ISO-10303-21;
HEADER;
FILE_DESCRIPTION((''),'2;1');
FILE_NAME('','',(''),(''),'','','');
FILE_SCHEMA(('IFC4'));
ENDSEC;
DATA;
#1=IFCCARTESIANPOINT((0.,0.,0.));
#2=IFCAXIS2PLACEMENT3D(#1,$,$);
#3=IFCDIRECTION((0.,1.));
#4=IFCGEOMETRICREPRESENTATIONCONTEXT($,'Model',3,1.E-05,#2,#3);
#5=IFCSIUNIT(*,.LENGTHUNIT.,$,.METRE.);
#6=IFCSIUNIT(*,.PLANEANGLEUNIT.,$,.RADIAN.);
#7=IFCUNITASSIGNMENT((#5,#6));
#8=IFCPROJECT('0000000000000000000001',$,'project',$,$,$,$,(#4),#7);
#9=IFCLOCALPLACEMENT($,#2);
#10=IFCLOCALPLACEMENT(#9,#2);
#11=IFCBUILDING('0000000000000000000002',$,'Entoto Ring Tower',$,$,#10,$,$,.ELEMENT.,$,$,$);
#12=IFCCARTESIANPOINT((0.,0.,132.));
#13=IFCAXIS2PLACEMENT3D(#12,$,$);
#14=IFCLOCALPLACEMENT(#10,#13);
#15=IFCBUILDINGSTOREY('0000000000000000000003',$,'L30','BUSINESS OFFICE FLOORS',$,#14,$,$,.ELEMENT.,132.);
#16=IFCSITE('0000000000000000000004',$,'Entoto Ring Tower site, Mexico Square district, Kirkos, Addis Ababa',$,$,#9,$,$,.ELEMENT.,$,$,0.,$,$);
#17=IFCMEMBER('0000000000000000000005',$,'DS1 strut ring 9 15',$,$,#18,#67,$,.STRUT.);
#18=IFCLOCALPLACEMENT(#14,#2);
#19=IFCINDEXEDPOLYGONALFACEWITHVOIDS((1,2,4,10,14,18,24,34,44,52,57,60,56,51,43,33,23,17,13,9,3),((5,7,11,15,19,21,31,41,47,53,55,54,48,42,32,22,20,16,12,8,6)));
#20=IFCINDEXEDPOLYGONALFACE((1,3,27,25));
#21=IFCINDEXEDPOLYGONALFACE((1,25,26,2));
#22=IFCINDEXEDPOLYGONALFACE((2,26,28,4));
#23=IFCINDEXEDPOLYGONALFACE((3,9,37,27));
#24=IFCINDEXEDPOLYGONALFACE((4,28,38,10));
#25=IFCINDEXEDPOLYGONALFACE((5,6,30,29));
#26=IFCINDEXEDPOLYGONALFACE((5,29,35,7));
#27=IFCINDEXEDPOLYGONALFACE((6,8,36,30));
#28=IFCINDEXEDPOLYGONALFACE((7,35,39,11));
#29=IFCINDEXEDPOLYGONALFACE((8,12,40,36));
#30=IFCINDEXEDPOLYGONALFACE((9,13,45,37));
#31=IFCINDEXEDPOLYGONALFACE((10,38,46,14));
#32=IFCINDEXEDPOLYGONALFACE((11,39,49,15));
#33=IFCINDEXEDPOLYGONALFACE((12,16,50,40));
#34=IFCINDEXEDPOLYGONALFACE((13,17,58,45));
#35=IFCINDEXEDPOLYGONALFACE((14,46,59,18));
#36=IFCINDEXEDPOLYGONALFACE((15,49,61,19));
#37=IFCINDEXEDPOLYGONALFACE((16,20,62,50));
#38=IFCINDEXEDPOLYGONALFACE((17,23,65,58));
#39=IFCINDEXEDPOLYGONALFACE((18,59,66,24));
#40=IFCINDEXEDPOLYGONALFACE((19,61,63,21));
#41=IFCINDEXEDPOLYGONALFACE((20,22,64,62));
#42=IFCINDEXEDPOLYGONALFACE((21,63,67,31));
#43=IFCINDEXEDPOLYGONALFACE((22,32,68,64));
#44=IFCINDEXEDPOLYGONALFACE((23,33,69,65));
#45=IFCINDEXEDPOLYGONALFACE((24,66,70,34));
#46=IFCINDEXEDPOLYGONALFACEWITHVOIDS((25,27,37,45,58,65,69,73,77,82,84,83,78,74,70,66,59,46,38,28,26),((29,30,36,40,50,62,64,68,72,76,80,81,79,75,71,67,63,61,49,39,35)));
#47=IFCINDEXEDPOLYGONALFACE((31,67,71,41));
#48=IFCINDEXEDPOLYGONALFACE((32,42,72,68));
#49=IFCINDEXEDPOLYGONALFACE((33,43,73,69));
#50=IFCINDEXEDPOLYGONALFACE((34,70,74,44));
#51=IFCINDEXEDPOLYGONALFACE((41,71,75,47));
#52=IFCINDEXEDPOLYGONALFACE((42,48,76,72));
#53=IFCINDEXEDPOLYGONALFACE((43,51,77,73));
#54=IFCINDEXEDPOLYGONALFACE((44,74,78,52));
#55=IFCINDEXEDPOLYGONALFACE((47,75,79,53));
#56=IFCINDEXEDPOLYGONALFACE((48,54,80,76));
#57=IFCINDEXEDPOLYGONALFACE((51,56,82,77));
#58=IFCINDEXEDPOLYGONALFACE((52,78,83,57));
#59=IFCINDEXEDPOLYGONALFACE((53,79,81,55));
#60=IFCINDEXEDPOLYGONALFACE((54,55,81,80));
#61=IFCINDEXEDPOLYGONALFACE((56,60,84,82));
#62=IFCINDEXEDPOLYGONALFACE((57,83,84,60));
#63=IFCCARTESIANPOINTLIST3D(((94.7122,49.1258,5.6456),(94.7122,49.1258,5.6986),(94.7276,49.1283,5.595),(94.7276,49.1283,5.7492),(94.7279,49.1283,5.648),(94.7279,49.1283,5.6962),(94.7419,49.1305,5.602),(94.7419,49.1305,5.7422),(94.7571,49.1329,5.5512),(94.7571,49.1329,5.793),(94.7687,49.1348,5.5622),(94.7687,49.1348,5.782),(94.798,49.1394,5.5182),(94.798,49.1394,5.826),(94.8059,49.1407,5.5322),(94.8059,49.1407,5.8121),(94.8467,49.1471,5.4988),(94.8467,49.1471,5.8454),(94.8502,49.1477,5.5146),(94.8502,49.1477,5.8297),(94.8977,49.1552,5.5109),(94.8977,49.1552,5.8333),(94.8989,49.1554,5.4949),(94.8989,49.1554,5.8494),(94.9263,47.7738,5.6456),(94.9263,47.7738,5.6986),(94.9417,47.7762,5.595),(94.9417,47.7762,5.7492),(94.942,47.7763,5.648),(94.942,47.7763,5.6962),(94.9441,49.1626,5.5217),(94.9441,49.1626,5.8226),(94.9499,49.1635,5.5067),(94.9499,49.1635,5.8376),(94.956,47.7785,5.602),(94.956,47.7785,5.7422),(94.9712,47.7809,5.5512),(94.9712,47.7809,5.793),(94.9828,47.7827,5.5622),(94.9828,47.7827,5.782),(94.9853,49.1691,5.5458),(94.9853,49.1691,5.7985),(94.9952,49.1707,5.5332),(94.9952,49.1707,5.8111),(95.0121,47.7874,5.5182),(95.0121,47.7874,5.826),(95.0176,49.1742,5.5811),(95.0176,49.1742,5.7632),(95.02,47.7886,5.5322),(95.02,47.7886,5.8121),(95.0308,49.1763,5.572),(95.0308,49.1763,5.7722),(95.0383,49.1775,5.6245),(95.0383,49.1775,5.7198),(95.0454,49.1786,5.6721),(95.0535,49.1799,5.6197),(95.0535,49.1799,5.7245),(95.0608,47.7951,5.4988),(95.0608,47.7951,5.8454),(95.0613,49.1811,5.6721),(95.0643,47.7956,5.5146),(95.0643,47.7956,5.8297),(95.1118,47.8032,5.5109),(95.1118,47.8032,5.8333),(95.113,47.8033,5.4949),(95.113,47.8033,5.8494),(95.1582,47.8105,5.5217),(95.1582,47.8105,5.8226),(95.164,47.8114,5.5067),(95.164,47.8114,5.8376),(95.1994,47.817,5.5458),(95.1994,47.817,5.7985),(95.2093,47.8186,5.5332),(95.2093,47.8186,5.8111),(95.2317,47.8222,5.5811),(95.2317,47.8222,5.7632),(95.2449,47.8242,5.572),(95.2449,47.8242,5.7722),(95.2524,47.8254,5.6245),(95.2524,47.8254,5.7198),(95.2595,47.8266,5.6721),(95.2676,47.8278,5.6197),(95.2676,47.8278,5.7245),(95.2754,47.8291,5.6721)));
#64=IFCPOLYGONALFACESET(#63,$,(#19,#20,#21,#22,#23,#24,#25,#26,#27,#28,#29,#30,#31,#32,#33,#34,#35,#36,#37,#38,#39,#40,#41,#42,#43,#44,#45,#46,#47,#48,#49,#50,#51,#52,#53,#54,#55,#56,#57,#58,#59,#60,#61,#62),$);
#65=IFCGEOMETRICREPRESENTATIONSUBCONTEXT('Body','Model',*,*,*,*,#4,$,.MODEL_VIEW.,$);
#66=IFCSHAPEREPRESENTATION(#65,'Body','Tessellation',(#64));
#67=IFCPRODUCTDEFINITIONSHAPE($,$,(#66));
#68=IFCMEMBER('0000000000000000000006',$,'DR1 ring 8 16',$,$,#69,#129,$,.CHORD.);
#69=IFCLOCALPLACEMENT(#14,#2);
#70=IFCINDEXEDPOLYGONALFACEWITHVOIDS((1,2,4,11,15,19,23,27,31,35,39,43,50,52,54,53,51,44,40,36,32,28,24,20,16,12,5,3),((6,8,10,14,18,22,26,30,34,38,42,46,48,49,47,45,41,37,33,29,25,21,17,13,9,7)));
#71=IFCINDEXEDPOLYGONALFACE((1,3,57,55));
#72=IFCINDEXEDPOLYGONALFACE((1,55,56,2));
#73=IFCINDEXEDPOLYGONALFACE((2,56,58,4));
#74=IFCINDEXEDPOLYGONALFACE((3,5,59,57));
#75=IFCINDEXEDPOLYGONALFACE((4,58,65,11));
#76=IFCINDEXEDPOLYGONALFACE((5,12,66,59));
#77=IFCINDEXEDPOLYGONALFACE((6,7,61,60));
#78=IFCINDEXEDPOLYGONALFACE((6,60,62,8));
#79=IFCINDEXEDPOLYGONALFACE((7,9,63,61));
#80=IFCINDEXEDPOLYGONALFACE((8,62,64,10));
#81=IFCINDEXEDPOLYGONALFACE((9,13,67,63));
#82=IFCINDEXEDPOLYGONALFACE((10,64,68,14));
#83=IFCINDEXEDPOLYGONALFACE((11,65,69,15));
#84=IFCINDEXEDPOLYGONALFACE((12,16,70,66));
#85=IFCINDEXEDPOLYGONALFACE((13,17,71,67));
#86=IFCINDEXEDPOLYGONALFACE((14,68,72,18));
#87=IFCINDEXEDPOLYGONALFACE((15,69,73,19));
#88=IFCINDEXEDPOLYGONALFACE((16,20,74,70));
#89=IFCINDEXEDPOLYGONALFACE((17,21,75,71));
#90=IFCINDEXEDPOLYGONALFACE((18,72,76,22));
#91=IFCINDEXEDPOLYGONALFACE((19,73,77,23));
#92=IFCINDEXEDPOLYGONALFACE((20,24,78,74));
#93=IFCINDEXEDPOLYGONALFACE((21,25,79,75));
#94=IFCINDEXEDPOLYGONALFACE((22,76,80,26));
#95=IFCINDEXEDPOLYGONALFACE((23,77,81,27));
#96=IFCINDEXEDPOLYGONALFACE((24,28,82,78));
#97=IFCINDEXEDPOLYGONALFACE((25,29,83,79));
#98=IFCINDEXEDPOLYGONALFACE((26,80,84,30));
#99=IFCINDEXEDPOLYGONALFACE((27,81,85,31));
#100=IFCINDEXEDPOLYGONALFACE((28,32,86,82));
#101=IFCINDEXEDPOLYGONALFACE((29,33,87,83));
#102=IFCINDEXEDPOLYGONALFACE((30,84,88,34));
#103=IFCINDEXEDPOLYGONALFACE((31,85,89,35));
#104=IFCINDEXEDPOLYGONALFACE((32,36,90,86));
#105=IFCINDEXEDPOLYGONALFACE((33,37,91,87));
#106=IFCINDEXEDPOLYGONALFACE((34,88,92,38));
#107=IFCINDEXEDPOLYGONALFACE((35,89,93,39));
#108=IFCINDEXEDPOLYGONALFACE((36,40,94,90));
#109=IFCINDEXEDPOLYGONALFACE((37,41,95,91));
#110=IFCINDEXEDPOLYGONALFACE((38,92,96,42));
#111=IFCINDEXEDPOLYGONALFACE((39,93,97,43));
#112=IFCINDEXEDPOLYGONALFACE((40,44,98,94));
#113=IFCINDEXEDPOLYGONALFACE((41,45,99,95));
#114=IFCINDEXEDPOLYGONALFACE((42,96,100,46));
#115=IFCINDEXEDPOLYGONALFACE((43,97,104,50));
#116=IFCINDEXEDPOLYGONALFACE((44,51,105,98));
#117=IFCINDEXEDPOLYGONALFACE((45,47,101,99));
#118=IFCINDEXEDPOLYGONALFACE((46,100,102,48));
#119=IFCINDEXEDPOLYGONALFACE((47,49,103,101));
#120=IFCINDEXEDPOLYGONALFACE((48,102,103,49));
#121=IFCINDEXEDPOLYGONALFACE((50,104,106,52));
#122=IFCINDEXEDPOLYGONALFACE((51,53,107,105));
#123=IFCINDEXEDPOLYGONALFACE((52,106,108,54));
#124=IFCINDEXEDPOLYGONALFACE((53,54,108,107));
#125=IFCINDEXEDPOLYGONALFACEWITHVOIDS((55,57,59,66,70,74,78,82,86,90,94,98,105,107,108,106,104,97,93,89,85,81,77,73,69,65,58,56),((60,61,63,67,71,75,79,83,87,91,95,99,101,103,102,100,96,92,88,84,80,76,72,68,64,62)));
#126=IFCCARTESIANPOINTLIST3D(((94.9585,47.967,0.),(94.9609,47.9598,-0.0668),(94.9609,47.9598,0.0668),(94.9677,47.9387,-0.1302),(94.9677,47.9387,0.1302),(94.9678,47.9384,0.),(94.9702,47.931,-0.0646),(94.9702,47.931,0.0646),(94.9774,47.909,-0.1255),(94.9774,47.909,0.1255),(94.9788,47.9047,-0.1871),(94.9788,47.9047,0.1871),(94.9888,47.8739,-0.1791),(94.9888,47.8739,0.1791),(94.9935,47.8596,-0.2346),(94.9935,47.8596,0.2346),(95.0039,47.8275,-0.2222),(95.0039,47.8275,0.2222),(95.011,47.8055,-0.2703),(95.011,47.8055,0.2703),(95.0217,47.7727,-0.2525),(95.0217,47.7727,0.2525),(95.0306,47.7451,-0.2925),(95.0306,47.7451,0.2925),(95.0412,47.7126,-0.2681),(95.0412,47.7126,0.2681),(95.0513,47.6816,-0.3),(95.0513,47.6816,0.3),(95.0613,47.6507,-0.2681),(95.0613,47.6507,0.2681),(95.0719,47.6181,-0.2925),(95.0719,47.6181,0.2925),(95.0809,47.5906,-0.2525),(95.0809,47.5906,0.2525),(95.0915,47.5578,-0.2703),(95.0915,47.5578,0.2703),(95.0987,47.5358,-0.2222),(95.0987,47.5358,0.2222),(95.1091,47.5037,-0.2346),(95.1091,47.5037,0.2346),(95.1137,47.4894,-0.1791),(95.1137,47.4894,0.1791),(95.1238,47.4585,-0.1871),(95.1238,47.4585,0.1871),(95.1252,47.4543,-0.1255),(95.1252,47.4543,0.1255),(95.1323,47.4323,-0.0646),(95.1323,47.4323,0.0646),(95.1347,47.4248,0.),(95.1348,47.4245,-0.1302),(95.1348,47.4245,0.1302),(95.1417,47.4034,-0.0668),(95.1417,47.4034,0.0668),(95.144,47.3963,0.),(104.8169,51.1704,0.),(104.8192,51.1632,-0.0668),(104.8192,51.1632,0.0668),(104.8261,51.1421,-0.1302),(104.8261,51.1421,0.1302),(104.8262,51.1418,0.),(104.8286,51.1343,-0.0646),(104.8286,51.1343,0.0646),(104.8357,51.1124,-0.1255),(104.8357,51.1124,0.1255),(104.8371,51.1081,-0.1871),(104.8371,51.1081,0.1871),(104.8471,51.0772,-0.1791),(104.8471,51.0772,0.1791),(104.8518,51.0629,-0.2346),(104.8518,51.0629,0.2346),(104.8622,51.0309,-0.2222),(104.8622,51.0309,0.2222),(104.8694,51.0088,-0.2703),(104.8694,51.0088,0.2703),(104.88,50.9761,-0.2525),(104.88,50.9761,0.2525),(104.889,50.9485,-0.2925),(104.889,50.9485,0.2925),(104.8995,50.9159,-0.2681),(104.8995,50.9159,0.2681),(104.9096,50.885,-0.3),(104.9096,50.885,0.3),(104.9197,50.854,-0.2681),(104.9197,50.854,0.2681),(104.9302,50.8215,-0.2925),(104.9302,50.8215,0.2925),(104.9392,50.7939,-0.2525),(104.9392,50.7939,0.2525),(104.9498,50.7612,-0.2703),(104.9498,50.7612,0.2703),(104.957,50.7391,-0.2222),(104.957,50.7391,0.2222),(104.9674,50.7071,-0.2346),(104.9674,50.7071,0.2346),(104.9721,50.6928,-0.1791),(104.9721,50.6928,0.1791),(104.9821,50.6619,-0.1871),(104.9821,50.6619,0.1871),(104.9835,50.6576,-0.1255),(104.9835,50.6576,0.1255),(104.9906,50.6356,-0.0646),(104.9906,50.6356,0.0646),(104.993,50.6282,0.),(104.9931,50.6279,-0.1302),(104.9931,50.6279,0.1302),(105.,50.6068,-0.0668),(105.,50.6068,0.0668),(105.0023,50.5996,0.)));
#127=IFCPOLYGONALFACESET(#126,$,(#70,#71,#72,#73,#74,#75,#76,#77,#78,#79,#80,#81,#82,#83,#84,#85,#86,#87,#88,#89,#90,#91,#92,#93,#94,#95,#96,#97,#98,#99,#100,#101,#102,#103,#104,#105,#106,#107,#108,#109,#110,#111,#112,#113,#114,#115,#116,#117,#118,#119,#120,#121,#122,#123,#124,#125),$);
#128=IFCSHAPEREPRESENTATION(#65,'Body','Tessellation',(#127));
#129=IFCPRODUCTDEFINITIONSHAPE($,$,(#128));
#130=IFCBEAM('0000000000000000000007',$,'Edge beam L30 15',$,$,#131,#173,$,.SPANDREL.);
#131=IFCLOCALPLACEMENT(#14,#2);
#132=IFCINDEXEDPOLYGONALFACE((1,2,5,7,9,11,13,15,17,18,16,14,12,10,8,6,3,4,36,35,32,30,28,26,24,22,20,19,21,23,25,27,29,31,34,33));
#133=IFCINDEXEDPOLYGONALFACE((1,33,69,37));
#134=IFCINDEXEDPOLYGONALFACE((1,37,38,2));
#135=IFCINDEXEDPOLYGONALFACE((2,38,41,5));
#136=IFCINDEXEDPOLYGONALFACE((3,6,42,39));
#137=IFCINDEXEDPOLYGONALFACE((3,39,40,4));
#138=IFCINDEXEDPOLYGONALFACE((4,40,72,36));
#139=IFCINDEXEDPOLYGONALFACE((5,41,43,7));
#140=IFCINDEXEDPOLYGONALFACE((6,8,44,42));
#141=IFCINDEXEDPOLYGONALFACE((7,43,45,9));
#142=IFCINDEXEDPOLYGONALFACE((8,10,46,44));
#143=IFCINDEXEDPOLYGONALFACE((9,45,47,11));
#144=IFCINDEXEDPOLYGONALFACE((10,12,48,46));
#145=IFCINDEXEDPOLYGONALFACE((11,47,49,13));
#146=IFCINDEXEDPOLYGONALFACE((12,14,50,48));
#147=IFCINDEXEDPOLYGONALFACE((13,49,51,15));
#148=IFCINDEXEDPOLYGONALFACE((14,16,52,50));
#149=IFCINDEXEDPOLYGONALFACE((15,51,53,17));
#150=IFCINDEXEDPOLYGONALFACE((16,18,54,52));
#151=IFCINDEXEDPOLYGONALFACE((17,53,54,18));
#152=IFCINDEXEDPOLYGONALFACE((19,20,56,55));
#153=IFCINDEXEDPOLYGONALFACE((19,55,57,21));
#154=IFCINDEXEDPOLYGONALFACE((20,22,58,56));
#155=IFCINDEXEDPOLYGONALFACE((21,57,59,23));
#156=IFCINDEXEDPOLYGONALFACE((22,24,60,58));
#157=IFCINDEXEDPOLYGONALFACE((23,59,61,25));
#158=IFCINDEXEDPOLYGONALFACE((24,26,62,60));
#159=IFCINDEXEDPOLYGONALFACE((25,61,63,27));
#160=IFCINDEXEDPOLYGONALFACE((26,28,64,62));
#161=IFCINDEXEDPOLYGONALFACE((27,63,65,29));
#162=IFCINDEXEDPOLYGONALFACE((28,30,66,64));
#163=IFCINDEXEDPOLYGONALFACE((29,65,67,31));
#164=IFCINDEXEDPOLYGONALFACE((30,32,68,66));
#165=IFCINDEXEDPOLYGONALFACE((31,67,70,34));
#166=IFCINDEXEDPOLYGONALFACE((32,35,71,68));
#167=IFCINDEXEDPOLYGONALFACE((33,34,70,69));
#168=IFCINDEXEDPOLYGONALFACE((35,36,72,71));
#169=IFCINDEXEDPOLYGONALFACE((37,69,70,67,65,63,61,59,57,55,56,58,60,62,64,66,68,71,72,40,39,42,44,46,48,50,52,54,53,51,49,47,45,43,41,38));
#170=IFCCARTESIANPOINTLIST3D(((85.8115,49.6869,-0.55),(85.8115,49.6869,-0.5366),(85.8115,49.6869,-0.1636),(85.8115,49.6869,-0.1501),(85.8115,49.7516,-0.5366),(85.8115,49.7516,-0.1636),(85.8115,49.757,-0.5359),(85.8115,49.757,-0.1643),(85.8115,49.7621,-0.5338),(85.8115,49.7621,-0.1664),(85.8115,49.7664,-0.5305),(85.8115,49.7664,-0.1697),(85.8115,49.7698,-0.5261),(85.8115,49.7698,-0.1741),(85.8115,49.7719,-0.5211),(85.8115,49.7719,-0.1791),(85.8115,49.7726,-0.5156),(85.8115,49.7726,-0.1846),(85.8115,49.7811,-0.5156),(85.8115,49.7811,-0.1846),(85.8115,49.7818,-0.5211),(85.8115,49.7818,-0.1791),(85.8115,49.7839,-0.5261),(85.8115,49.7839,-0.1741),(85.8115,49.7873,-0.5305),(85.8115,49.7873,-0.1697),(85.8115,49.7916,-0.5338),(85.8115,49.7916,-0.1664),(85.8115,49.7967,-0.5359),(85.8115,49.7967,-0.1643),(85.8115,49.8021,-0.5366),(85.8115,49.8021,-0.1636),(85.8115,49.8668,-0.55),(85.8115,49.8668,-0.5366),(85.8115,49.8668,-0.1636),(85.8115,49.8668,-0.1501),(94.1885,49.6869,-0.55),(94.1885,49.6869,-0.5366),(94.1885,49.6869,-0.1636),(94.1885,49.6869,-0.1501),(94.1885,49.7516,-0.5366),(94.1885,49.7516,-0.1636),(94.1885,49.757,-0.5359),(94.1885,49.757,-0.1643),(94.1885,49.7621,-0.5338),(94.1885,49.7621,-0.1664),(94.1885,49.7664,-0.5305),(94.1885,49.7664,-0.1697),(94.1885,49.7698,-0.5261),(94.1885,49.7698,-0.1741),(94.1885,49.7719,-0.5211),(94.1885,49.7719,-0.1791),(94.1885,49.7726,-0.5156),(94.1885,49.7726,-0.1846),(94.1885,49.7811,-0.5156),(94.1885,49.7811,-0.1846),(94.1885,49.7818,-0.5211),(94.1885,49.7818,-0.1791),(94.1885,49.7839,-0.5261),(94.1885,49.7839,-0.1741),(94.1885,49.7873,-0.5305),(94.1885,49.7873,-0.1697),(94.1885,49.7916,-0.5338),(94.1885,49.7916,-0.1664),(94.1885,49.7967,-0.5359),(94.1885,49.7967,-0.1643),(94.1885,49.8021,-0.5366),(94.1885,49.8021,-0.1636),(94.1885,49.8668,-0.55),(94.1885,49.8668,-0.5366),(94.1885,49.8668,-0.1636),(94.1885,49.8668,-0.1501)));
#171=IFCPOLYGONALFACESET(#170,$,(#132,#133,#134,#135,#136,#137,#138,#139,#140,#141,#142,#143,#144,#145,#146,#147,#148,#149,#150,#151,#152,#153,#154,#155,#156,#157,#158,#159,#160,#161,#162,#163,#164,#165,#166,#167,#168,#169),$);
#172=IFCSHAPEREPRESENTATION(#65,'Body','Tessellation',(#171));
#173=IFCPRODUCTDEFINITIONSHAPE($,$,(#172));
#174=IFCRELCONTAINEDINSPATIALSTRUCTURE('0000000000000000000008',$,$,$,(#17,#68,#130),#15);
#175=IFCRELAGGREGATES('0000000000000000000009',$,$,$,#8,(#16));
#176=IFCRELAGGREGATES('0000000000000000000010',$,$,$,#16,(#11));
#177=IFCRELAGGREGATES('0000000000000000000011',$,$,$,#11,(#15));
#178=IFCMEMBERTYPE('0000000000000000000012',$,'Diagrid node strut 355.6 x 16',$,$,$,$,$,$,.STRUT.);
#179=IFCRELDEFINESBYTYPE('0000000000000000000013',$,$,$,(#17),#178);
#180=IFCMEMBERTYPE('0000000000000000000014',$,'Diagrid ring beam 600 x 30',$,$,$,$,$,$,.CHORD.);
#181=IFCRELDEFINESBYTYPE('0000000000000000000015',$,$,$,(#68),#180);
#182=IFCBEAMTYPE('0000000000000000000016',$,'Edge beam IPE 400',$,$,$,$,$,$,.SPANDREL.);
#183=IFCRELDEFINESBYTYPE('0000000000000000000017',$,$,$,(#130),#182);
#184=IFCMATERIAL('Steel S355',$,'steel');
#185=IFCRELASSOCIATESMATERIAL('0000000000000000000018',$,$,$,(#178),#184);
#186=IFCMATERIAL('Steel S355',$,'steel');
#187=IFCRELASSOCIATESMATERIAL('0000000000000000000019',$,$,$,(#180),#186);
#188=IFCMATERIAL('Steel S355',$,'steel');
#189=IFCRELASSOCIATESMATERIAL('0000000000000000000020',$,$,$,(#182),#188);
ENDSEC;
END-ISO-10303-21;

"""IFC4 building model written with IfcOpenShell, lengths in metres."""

from ifc_helpers import new_model, si_unit, direction, frame, origin, origin_2d, place, context, subcontext, project, spatial, circle, hollow_circle, i_section, extrude, material, material_profile, profile_set, type_object, element, save


model = new_model("IFC4")

# Units and contexts
model_context = context("Model", 3, precision=1e-05, world=origin(), true_north=direction((0.0, 1.0)))
body_context = subcontext(model_context, "Body", "Model", "MODEL_VIEW")
ifc_project = project(units=[si_unit("LENGTHUNIT", "METRE"), si_unit("PLANEANGLEUNIT", "RADIAN")], contexts=[model_context])

# Site, building, storey
site_placement = place(None, origin())
site = spatial("IfcSite", under=ifc_project, at=site_placement, Name="Entoto Ring Tower site, Mexico Square district, Kirkos, Addis Ababa", CompositionType="ELEMENT", RefElevation=0.0)
building_placement = place(site_placement, origin())
building = spatial("IfcBuilding", under=site, at=building_placement, Name="Entoto Ring Tower", CompositionType="ELEMENT")
storey_placement = place(building_placement, frame((0.0, 0.0, 132.0)))
storey = spatial("IfcBuildingStorey", under=building, at=storey_placement, Name="L30", Description="BUSINESS OFFICE FLOORS", CompositionType="ELEMENT", Elevation=132.0)

# Members
ifc_material_1 = material(Name="Steel S355", Category="steel")
ifc_material_profile_1 = material_profile(ifc_material_1, hollow_circle(Radius=0.1777, WallThickness=0.0161, at=origin_2d()), Name="CHS 355.6 x 16")
ifc_material_2 = material(Name="Concrete C60/75", Category="concrete")
ifc_material_profile_2 = material_profile(ifc_material_2, circle(Radius=0.1619, at=origin_2d()), Name="Concrete C60/75 infill")
ifc_profile_set_1 = profile_set([ifc_material_profile_1, ifc_material_profile_2], Name="Steel S355")
member_type_1 = type_object("IfcMemberType", Name="Diagrid node strut 355.6 x 16", PredefinedType="STRUT", material=ifc_profile_set_1)
member_1_placement = place(storey_placement, frame((94.8857, 49.1533, 5.6721), z_axis=(0.156411, -0.987692, 0.0), x_axis=(0.987692, 0.156411, 0.0)))
element("IfcMember", 1, at=member_1_placement, inside=storey, type_object=member_type_1, Name="DS1 strut ring 9 15", PredefinedType="STRUT", context=body_context, shape_type="SweptSolid", body=[
    extrude(hollow_circle(Radius=0.1777, WallThickness=0.0161, at=origin_2d()), origin(), (0.0, 0.0, 1.0), 1.3689),
])
ifc_material_3 = material(Name="Steel S355", Category="steel")
ifc_material_profile_3 = material_profile(ifc_material_3, hollow_circle(Radius=0.3, WallThickness=0.03, at=origin_2d()), Name="CHS 600 x 30")
ifc_material_4 = material(Name="Concrete C60/75", Category="concrete")
ifc_material_profile_4 = material_profile(ifc_material_4, circle(Radius=0.27, at=origin_2d()), Name="Concrete C60/75 infill")
ifc_profile_set_2 = profile_set([ifc_material_profile_3, ifc_material_profile_4], Name="Steel S355")
member_type_2 = type_object("IfcMemberType", Name="Diagrid ring beam 600 x 30", PredefinedType="CHORD", material=ifc_profile_set_2)
member_2_placement = place(storey_placement, frame((95.0513, 47.6816, 0.0), z_axis=(0.951051, 0.309033, 0.0), x_axis=(-0.309033, 0.951051, 0.0)))
element("IfcMember", 2, at=member_2_placement, inside=storey, type_object=member_type_2, Name="DR1 ring 8 16", PredefinedType="CHORD", context=body_context, shape_type="SweptSolid", body=[
    extrude(hollow_circle(Radius=0.3, WallThickness=0.03, at=origin_2d()), origin(), (0.0, 0.0, 1.0), 10.3657),
])

# Beam
ifc_material_5 = material(Name="Steel S355", Category="steel")
ifc_material_profile_5 = material_profile(ifc_material_5, i_section(OverallWidth=0.1799, OverallDepth=0.3999, WebThickness=0.0085, FlangeThickness=0.0134, FilletRadius=0.021, at=origin_2d()), Name="IPE 400")
ifc_profile_set_3 = profile_set([ifc_material_profile_5], Name="Steel S355")
beam_type_1 = type_object("IfcBeamType", Name="Edge beam IPE 400", PredefinedType="SPANDREL", material=ifc_profile_set_3)
for number, where, z_axis, x_axis, name in (
    (3, (85.8115, 49.7769, -0.3501), (1.0, 0.0, 0.0), (0.0, 1.0, 0.0), "Edge beam L30 15"),
):
    element("IfcBeam", number, at=place(storey_placement, frame(where, z_axis=z_axis, x_axis=x_axis)), inside=storey, type_object=beam_type_1, Name=name, PredefinedType="SPANDREL", context=body_context, shape_type="SweptSolid", body=[
        extrude(i_section(OverallWidth=0.1799, OverallDepth=0.3999, WebThickness=0.0085, FlangeThickness=0.0134, FilletRadius=0.021, at=origin_2d()), origin(), (0.0, 0.0, 1.0), 8.377),
    ])

save(model, "model.ifc")
